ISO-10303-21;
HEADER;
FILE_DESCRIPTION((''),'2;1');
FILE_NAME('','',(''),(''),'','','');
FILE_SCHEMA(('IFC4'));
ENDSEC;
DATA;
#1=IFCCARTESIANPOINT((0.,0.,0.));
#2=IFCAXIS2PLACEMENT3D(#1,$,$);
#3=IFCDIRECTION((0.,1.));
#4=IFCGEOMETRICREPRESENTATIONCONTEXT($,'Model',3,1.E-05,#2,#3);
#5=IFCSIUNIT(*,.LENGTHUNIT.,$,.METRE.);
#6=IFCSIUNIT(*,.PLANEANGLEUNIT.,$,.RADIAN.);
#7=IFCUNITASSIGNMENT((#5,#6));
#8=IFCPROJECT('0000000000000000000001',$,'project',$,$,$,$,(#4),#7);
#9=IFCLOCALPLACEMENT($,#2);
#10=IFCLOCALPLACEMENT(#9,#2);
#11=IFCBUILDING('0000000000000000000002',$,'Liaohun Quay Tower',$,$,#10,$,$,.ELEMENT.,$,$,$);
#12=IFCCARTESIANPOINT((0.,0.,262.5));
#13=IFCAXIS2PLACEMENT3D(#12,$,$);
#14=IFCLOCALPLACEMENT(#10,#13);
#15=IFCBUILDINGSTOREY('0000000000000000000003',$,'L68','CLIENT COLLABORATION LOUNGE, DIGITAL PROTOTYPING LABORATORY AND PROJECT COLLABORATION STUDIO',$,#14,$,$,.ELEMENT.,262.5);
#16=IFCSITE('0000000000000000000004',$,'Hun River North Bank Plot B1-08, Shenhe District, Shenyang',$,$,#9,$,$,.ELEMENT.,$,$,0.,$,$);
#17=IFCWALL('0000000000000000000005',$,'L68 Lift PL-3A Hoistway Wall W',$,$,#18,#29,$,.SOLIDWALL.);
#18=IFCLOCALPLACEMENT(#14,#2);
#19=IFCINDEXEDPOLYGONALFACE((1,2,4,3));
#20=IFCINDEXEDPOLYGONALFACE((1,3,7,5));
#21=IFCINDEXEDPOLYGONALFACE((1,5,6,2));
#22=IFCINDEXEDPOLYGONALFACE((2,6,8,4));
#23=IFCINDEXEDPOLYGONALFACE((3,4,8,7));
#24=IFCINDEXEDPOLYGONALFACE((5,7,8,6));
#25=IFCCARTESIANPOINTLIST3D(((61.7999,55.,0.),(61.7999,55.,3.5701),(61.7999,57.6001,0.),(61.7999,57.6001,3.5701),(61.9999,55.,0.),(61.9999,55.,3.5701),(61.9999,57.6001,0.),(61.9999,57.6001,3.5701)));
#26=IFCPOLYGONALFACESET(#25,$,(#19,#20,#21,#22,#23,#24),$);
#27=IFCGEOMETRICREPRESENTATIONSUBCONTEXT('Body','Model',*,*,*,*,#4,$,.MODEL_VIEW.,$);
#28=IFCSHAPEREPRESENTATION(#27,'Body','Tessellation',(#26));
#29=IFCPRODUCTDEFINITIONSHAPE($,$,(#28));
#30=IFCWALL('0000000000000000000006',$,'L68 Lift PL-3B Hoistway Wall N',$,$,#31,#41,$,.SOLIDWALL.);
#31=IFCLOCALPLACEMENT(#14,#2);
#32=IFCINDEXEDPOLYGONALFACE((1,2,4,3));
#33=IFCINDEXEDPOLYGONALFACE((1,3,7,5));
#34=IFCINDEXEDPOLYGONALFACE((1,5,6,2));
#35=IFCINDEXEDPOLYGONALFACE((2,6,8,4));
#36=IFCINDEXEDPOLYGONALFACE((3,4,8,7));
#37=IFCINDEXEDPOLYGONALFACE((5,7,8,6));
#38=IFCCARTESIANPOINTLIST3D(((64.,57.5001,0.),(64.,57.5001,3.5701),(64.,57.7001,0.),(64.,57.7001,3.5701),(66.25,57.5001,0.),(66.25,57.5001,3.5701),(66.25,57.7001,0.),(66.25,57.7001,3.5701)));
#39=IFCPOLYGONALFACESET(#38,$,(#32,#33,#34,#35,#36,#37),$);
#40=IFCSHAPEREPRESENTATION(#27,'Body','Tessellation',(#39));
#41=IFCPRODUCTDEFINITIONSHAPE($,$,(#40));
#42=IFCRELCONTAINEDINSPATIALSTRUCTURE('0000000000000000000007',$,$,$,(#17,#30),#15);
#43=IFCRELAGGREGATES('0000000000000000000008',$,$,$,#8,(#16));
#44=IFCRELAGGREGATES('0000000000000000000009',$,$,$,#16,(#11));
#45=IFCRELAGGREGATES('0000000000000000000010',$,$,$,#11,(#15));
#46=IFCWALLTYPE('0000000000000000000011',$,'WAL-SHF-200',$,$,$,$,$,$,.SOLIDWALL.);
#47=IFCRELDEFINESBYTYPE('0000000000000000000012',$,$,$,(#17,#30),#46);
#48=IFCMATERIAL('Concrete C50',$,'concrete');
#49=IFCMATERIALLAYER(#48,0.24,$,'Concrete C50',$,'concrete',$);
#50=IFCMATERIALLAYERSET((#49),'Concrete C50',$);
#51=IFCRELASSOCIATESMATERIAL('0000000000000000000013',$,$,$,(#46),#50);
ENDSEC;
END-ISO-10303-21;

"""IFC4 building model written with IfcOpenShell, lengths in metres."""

from ifc_helpers import new_model, si_unit, direction, frame, frame_2d, origin, place, context, subcontext, project, spatial, rectangle, extrude, material, layer, layer_set, type_object, element, save


model = new_model("IFC4")

# Units and contexts
model_context = context("Model", 3, precision=1e-05, world=origin(), true_north=direction((0.0, 1.0)))
body_context = subcontext(model_context, "Body", "Model", "MODEL_VIEW")
ifc_project = project(units=[si_unit("LENGTHUNIT", "METRE"), si_unit("PLANEANGLEUNIT", "RADIAN")], contexts=[model_context])

# Site, building, storey
site_placement = place(None, origin())
site = spatial("IfcSite", under=ifc_project, at=site_placement, Name="Hun River North Bank Plot B1-08, Shenhe District, Shenyang", CompositionType="ELEMENT", RefElevation=0.0)
building_placement = place(site_placement, origin())
building = spatial("IfcBuilding", under=site, at=building_placement, Name="Liaohun Quay Tower", CompositionType="ELEMENT")
storey_placement = place(building_placement, frame((0.0, 0.0, 262.5)))
storey = spatial("IfcBuildingStorey", under=building, at=storey_placement, Name="L68", Description="CLIENT COLLABORATION LOUNGE, DIGITAL PROTOTYPING LABORATORY AND PROJECT COLLABORATION STUDIO", CompositionType="ELEMENT", Elevation=262.5)

# Walls
ifc_material_1 = material(Name="Concrete C50", Category="concrete")
ifc_layer_1 = layer(ifc_material_1, 0.24, Name="Concrete C50", Category="concrete")
ifc_layer_set_1 = layer_set([ifc_layer_1], Name="Concrete C50")
wall_type_1 = type_object("IfcWallType", Name="WAL-SHF-200", PredefinedType="SOLIDWALL", material=ifc_layer_set_1)
wall_1_placement = place(storey_placement, frame((61.8999, 57.6001, 0.0), z_axis=(0.0, 0.0, 1.0), x_axis=(0.0, -1.0, 0.0)))
element("IfcWall", 1, at=wall_1_placement, inside=storey, type_object=wall_type_1, Name="L68 Lift PL-3A Hoistway Wall W", PredefinedType="SOLIDWALL", context=body_context, shape_type="SweptSolid", body=[
    extrude(rectangle(XDim=2.6001, YDim=0.2, at=frame_2d((1.3, 0.0))), origin(), (0.0, 0.0, 1.0), 3.5701),
])
wall_2_placement = place(storey_placement, frame((66.25, 57.6001, 0.0), z_axis=(0.0, 0.0, 1.0), x_axis=(-1.0, 0.0, 0.0)))
element("IfcWall", 2, at=wall_2_placement, inside=storey, type_object=wall_type_1, Name="L68 Lift PL-3B Hoistway Wall N", PredefinedType="SOLIDWALL", context=body_context, shape_type="SweptSolid", body=[
    extrude(rectangle(XDim=2.25, YDim=0.2, at=frame_2d((1.125, 0.0))), origin(), (0.0, 0.0, 1.0), 3.5701),
])

save(model, "model.ifc")
